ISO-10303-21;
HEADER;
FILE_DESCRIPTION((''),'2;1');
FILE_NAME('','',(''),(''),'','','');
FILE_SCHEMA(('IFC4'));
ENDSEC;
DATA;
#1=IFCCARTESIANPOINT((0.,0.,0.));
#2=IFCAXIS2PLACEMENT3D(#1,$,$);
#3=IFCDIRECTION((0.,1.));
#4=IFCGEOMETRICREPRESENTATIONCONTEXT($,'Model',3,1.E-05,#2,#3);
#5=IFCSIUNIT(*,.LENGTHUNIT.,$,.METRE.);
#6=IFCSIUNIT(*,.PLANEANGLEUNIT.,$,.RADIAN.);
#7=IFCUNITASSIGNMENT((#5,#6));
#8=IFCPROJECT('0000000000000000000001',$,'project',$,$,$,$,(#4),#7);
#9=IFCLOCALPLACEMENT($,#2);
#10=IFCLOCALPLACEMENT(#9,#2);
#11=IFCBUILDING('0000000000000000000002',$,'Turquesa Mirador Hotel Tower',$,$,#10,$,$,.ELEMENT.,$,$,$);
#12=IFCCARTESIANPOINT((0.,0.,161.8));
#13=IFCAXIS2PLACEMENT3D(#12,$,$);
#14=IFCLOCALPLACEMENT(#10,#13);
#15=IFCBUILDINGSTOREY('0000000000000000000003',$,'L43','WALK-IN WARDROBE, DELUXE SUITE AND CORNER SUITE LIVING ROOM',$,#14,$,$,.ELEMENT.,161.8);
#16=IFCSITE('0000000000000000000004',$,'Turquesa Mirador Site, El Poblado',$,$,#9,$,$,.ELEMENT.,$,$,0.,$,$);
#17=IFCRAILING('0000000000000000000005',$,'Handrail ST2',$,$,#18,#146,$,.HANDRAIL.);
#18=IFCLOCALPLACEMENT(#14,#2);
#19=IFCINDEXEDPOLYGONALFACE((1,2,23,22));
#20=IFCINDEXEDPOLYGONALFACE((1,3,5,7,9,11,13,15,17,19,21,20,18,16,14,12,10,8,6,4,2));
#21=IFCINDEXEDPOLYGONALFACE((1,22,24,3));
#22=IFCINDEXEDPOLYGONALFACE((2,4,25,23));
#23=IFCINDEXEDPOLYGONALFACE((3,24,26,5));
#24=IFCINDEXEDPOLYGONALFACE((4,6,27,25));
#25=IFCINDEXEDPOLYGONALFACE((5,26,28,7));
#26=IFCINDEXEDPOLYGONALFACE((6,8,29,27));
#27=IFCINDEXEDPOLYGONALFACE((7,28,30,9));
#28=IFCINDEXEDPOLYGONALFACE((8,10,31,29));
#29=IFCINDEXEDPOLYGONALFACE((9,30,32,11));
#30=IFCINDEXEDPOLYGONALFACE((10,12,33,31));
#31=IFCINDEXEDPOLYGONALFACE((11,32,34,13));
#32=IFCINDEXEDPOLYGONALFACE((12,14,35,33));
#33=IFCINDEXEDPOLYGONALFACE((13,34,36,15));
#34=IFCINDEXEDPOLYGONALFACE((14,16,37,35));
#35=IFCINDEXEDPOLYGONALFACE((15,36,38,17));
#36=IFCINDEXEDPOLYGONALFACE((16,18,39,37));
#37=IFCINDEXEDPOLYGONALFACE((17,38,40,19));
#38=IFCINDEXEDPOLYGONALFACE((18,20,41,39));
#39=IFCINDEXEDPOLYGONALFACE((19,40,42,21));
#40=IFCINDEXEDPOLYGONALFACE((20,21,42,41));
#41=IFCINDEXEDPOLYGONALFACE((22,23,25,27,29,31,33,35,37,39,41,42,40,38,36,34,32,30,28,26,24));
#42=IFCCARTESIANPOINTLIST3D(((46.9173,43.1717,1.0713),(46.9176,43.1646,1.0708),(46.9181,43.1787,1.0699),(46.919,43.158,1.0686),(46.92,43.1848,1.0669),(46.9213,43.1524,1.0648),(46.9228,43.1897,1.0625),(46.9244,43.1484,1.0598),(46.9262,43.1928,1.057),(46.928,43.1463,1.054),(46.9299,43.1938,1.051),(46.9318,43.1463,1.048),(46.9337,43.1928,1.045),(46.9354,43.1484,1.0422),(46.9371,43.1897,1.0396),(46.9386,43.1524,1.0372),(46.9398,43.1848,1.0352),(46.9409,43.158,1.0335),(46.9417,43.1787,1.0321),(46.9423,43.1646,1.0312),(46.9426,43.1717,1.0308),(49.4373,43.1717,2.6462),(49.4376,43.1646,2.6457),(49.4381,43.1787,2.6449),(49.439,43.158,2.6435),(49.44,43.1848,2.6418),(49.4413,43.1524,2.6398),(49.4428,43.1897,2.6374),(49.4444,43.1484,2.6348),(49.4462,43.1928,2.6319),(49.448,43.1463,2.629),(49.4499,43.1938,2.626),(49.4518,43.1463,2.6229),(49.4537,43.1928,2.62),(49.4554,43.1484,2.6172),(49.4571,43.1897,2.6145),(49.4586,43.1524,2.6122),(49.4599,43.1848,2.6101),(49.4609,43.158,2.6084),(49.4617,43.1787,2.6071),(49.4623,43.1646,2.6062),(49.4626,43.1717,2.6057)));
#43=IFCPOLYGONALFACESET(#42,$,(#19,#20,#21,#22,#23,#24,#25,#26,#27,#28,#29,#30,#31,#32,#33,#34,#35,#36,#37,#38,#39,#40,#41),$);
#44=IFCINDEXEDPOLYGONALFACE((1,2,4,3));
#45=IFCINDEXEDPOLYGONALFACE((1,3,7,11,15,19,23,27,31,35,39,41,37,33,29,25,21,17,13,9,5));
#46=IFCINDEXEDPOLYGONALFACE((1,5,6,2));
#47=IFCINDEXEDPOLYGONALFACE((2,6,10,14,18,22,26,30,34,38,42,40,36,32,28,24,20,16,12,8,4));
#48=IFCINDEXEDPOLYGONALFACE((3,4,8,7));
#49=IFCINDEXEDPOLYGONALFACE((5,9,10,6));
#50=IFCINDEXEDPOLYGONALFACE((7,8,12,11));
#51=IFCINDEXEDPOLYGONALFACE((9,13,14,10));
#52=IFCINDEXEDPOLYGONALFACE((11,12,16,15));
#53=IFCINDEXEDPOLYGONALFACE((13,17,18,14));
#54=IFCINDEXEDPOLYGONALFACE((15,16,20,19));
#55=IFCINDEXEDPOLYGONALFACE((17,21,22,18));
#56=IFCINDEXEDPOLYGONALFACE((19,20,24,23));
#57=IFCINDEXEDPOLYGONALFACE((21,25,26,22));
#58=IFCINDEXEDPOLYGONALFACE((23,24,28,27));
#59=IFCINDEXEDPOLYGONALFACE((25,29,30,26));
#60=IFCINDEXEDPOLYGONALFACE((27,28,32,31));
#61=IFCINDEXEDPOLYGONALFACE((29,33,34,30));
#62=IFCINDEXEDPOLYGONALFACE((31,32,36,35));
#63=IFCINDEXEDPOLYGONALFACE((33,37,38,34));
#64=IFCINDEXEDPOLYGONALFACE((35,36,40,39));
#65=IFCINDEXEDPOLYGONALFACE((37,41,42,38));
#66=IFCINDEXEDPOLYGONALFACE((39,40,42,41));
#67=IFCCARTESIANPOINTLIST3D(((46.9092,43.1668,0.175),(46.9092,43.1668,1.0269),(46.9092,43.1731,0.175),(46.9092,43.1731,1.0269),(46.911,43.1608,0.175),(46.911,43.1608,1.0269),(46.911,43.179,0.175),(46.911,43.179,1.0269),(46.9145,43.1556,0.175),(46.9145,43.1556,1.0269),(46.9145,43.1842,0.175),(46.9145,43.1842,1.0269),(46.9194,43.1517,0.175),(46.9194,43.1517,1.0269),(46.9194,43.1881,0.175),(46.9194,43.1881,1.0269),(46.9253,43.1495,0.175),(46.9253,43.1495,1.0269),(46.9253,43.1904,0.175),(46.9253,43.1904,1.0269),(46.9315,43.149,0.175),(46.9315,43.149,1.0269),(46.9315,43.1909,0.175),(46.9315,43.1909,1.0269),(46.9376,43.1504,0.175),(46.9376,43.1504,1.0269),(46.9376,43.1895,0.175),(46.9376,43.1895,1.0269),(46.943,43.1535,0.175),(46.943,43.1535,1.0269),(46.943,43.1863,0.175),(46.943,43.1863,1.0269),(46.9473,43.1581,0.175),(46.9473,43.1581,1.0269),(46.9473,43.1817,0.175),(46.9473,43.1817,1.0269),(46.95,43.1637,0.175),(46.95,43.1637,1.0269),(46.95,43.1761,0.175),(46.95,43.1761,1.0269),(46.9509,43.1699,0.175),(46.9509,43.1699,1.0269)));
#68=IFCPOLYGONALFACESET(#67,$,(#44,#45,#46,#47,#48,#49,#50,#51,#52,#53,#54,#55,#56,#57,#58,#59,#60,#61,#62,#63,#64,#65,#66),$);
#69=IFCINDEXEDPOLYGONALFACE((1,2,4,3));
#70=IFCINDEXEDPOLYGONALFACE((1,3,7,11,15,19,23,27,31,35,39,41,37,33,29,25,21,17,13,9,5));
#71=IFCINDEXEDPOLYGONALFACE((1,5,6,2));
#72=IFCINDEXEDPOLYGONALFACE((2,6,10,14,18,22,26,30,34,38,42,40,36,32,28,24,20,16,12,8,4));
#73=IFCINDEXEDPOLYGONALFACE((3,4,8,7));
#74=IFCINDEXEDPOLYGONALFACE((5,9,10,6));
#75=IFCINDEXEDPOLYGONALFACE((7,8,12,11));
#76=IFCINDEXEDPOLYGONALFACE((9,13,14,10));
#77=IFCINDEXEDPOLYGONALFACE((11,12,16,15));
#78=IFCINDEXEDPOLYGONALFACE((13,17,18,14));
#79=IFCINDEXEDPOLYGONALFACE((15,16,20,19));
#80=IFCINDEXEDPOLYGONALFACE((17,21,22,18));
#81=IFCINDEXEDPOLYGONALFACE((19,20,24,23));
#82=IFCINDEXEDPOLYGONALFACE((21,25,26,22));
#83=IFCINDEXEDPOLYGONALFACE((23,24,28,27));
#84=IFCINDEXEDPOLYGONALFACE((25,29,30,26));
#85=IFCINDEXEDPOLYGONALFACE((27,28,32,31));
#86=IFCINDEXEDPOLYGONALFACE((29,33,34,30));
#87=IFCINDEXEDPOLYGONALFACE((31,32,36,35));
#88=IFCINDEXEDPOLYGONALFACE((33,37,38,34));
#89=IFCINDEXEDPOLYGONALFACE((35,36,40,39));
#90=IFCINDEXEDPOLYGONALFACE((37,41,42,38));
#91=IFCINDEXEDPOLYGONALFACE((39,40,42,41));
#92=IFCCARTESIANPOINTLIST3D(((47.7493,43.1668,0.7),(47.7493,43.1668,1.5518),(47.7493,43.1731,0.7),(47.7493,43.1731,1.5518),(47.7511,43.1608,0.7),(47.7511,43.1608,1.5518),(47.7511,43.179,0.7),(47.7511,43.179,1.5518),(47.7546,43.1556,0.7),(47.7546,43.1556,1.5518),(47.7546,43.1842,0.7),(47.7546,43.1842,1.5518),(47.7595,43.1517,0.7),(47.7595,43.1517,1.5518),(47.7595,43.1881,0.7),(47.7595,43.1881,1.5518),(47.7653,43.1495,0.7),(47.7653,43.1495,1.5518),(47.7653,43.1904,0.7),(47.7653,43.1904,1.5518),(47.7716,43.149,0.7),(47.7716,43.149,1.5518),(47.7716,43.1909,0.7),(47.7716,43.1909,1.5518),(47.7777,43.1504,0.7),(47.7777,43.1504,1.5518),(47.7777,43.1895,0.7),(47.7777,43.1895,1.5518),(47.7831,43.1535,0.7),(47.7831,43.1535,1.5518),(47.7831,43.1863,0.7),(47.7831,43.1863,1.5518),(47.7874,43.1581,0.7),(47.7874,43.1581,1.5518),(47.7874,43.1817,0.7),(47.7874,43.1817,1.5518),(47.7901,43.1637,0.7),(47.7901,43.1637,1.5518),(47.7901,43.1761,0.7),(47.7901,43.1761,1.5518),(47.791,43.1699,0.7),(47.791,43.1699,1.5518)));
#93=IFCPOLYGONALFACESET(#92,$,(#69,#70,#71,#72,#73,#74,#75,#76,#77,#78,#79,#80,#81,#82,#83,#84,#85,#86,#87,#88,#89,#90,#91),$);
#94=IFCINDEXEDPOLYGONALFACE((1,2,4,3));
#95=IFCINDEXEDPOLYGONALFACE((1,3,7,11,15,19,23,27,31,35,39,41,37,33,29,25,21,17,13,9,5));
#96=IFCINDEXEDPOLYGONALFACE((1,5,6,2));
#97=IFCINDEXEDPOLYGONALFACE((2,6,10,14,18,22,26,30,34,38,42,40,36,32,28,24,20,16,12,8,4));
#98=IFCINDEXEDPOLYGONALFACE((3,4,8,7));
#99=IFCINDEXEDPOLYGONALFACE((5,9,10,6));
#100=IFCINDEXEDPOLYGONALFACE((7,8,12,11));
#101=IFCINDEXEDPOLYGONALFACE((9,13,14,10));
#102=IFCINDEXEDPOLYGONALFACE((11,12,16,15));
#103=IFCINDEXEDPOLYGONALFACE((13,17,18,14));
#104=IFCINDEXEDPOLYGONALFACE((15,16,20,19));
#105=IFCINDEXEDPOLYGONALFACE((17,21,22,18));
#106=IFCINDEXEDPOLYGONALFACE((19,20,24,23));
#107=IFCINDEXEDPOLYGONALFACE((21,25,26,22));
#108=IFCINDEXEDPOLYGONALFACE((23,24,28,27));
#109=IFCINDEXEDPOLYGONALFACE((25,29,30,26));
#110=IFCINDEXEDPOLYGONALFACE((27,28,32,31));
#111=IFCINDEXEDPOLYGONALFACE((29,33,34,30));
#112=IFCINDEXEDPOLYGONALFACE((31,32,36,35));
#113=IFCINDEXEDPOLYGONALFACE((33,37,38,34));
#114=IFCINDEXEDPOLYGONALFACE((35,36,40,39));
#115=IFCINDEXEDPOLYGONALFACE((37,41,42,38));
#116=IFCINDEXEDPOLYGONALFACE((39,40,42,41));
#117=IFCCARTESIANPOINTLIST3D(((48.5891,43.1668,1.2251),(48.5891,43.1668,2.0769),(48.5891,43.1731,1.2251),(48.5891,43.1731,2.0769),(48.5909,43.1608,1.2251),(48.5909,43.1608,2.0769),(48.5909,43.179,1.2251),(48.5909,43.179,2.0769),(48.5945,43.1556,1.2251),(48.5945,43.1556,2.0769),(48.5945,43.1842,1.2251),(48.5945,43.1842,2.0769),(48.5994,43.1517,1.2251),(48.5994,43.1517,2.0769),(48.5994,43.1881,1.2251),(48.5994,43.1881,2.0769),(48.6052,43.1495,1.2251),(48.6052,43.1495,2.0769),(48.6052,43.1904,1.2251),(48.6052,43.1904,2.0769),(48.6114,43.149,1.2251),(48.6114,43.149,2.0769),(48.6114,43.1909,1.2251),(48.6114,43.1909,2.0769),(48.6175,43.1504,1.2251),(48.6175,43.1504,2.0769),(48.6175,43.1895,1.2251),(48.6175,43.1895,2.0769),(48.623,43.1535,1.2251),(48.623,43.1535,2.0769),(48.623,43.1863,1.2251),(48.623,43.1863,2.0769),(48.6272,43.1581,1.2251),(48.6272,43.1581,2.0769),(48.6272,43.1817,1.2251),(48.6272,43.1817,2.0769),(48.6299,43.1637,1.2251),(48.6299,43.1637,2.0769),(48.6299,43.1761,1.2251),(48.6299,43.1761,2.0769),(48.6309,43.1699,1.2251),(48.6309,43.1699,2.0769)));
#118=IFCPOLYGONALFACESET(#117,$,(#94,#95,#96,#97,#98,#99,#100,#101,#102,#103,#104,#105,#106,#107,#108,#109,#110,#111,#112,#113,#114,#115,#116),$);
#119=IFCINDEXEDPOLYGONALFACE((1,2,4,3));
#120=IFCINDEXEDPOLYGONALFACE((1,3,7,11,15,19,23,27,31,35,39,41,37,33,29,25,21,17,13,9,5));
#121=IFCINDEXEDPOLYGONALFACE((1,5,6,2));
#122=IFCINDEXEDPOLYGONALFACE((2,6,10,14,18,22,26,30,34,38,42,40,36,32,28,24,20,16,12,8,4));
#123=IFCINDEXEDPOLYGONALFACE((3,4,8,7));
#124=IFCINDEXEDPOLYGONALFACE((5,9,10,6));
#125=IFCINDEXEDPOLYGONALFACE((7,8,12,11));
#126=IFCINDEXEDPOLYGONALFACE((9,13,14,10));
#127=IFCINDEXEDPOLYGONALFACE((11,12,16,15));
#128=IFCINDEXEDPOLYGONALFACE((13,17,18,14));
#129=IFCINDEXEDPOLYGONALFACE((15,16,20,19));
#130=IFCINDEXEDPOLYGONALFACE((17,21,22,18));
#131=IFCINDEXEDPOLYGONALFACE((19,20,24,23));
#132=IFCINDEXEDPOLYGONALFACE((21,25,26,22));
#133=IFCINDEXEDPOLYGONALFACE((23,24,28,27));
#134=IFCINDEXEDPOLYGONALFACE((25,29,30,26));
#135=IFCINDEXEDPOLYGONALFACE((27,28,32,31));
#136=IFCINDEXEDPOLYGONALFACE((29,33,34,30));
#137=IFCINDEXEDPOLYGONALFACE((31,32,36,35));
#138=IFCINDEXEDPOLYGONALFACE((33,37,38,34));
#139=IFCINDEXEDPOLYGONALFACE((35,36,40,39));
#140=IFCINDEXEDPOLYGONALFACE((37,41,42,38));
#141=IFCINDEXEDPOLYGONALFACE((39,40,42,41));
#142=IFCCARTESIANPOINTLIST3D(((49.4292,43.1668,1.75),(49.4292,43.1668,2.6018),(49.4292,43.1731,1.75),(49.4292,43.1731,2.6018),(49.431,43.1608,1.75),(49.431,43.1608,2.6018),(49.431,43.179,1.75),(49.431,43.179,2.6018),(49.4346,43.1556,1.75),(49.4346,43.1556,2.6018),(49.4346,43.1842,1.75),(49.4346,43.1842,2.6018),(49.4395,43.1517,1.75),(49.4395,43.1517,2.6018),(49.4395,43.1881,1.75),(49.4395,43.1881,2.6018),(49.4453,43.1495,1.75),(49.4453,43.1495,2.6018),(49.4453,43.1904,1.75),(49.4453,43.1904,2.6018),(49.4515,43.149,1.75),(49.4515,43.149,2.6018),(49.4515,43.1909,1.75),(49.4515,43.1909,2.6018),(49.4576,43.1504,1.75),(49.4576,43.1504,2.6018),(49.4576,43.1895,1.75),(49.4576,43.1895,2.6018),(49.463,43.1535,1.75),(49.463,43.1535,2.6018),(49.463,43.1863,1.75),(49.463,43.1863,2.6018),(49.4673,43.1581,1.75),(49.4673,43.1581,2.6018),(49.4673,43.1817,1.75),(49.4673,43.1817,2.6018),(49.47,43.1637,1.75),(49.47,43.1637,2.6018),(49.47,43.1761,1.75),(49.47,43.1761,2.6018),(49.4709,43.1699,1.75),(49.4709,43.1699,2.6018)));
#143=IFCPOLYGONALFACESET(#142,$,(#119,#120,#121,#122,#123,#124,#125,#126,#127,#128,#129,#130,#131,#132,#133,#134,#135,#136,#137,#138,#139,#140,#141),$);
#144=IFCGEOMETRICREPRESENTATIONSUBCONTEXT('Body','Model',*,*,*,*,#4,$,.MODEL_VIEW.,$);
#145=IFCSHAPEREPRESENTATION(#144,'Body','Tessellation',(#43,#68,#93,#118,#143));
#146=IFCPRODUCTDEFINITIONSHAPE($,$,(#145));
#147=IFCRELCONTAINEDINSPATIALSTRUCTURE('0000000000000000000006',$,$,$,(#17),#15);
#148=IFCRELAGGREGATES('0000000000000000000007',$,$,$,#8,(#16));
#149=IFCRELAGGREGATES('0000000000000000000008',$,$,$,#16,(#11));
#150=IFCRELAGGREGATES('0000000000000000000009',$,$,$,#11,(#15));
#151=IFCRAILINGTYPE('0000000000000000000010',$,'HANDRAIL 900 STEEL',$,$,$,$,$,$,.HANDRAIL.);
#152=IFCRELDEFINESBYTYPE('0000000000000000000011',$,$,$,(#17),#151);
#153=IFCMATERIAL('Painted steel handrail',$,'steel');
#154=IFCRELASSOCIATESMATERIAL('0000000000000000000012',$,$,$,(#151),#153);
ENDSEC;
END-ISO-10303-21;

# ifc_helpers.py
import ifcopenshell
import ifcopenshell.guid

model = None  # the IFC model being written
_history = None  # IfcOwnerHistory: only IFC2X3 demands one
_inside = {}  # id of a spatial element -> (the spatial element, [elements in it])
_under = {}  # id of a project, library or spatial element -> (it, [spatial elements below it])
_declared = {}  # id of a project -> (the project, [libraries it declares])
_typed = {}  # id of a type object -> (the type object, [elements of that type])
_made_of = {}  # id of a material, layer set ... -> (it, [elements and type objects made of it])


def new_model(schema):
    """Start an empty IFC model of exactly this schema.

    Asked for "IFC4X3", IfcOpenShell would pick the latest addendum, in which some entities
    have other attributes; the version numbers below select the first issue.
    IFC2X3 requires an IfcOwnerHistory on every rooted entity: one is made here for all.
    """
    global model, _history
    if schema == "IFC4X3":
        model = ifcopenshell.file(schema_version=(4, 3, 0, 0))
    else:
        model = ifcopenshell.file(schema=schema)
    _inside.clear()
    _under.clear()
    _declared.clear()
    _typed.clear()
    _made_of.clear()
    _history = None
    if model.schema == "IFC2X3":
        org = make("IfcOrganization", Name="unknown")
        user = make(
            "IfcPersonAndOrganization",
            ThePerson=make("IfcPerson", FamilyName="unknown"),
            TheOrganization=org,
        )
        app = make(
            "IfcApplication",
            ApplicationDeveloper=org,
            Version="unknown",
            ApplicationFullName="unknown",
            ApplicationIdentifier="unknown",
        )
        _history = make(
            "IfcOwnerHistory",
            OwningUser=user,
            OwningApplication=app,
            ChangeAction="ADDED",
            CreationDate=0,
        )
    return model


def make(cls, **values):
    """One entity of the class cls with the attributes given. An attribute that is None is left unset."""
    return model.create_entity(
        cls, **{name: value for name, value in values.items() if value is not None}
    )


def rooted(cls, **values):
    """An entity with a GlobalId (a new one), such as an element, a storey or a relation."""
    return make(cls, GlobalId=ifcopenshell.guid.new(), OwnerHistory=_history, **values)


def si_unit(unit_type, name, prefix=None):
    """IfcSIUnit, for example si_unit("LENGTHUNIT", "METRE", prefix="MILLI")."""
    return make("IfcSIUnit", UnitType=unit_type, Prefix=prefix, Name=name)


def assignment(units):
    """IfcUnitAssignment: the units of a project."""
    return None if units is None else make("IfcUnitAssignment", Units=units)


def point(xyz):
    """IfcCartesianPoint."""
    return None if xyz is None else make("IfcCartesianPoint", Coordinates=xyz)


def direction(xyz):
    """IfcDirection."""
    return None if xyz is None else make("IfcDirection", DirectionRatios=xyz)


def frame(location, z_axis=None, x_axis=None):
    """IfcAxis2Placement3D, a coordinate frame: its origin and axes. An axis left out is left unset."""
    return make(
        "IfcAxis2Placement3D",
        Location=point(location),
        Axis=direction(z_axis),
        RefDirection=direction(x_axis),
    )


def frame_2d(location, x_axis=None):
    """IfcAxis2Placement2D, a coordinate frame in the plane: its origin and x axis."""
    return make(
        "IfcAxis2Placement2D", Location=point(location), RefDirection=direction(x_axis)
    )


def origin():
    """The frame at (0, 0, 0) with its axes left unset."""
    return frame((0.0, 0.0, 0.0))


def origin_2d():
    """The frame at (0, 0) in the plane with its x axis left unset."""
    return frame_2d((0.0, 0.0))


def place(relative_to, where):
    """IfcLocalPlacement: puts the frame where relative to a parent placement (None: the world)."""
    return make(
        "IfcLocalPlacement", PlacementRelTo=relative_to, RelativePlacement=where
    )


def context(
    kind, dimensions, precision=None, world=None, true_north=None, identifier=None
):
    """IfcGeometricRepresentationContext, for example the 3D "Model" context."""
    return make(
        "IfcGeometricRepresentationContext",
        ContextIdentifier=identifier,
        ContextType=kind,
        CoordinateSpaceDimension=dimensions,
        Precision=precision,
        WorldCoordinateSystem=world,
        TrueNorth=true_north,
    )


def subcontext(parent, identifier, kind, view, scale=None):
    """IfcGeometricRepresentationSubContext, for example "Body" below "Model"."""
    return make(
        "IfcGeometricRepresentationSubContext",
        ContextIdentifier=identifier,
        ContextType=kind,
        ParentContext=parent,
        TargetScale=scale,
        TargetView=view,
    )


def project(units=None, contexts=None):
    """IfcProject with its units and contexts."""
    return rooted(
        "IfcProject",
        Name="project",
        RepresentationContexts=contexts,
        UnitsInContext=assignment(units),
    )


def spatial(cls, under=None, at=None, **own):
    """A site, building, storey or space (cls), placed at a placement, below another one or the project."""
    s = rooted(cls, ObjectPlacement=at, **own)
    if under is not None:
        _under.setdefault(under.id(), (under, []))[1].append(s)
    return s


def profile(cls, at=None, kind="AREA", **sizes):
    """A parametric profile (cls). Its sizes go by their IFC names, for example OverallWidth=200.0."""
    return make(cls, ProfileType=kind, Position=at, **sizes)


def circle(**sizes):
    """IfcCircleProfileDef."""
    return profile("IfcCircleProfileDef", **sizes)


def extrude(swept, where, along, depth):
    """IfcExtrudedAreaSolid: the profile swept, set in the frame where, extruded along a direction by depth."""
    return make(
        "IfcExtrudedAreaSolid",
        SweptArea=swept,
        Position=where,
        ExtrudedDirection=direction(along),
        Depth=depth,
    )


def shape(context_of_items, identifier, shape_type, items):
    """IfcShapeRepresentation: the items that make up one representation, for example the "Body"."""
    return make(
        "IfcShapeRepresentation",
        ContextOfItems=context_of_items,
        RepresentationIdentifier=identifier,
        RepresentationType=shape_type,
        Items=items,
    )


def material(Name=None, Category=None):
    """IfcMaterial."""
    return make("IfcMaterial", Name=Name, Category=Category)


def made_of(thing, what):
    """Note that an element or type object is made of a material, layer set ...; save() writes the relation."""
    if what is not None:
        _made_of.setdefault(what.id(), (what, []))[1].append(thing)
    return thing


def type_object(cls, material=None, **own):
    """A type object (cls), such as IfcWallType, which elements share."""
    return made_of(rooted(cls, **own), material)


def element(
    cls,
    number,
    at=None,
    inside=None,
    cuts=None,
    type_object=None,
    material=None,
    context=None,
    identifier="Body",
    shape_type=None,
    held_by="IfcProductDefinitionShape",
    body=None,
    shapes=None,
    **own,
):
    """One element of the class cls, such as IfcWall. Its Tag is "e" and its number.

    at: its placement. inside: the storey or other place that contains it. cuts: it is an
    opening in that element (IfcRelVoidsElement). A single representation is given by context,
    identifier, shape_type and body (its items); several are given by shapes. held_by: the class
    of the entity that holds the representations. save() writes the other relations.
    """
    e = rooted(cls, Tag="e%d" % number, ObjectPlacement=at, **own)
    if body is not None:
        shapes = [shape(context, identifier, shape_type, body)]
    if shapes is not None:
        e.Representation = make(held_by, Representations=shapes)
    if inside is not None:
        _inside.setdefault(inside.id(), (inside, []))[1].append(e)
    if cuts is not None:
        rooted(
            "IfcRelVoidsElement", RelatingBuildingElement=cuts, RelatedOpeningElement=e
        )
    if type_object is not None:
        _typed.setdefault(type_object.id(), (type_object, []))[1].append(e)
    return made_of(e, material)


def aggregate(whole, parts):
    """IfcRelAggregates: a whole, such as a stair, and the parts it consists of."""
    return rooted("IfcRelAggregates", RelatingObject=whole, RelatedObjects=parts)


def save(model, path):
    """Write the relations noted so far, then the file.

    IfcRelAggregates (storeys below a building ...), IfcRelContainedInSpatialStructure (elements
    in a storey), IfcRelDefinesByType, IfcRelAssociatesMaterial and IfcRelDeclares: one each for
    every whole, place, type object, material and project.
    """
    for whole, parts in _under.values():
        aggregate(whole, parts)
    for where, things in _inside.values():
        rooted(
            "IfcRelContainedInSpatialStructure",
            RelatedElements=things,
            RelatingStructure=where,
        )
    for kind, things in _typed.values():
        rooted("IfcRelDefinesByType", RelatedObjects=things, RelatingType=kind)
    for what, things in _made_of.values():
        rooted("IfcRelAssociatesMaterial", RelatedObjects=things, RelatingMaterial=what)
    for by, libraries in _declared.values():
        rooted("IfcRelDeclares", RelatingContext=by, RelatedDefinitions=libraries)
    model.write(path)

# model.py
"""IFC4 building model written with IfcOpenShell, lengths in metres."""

from ifc_helpers import new_model, si_unit, direction, frame, origin, origin_2d, place, context, subcontext, project, spatial, circle, extrude, material, type_object, element, save


model = new_model("IFC4")

# Units and contexts
model_context = context("Model", 3, precision=1e-05, world=origin(), true_north=direction((0.0, 1.0)))
body_context = subcontext(model_context, "Body", "Model", "MODEL_VIEW")
ifc_project = project(units=[si_unit("LENGTHUNIT", "METRE"), si_unit("PLANEANGLEUNIT", "RADIAN")], contexts=[model_context])

# Site, building, storey
site_placement = place(None, origin())
site = spatial("IfcSite", under=ifc_project, at=site_placement, Name="Turquesa Mirador Site, El Poblado", CompositionType="ELEMENT", RefElevation=0.0)
building_placement = place(site_placement, origin())
building = spatial("IfcBuilding", under=site, at=building_placement, Name="Turquesa Mirador Hotel Tower", CompositionType="ELEMENT")
storey_placement = place(building_placement, frame((0.0, 0.0, 161.8)))
storey = spatial("IfcBuildingStorey", under=building, at=storey_placement, Name="L43", Description="WALK-IN WARDROBE, DELUXE SUITE AND CORNER SUITE LIVING ROOM", CompositionType="ELEMENT", Elevation=161.8)

# Railing
ifc_material_1 = material(Name="Painted steel handrail", Category="steel")
railing_type = type_object("IfcRailingType", Name="HANDRAIL 900 STEEL", PredefinedType="HANDRAIL", material=ifc_material_1)
for number, where, name in (
    (1, (46.9299, 43.1699, 0.175), "Handrail ST2"),
):
    element("IfcRailing", number, at=place(storey_placement, frame(where)), inside=storey, type_object=railing_type, Name=name, PredefinedType="HANDRAIL", context=body_context, shape_type="SweptSolid", body=[
        extrude(circle(Radius=0.0239, at=origin_2d()), frame((0.0, 0.0, 0.876), z_axis=(0.848008, 0.0, 0.529984), x_axis=(0.0, 1.0, 0.0)), (0.0, 0.0, 1.0), 2.9717),
        extrude(circle(Radius=0.021, at=origin_2d()), origin(), (0.0, 0.0, 1.0), 0.8518),
        extrude(circle(Radius=0.021, at=origin_2d()), frame((0.8401, 0.0, 0.5249)), (0.0, 0.0, 1.0), 0.8518),
        extrude(circle(Radius=0.021, at=origin_2d()), frame((1.6799, 0.0, 1.05)), (0.0, 0.0, 1.0), 0.8518),
        extrude(circle(Radius=0.021, at=origin_2d()), frame((2.52, 0.0, 1.575)), (0.0, 0.0, 1.0), 0.8518),
    ])

save(model, "model.ifc")
